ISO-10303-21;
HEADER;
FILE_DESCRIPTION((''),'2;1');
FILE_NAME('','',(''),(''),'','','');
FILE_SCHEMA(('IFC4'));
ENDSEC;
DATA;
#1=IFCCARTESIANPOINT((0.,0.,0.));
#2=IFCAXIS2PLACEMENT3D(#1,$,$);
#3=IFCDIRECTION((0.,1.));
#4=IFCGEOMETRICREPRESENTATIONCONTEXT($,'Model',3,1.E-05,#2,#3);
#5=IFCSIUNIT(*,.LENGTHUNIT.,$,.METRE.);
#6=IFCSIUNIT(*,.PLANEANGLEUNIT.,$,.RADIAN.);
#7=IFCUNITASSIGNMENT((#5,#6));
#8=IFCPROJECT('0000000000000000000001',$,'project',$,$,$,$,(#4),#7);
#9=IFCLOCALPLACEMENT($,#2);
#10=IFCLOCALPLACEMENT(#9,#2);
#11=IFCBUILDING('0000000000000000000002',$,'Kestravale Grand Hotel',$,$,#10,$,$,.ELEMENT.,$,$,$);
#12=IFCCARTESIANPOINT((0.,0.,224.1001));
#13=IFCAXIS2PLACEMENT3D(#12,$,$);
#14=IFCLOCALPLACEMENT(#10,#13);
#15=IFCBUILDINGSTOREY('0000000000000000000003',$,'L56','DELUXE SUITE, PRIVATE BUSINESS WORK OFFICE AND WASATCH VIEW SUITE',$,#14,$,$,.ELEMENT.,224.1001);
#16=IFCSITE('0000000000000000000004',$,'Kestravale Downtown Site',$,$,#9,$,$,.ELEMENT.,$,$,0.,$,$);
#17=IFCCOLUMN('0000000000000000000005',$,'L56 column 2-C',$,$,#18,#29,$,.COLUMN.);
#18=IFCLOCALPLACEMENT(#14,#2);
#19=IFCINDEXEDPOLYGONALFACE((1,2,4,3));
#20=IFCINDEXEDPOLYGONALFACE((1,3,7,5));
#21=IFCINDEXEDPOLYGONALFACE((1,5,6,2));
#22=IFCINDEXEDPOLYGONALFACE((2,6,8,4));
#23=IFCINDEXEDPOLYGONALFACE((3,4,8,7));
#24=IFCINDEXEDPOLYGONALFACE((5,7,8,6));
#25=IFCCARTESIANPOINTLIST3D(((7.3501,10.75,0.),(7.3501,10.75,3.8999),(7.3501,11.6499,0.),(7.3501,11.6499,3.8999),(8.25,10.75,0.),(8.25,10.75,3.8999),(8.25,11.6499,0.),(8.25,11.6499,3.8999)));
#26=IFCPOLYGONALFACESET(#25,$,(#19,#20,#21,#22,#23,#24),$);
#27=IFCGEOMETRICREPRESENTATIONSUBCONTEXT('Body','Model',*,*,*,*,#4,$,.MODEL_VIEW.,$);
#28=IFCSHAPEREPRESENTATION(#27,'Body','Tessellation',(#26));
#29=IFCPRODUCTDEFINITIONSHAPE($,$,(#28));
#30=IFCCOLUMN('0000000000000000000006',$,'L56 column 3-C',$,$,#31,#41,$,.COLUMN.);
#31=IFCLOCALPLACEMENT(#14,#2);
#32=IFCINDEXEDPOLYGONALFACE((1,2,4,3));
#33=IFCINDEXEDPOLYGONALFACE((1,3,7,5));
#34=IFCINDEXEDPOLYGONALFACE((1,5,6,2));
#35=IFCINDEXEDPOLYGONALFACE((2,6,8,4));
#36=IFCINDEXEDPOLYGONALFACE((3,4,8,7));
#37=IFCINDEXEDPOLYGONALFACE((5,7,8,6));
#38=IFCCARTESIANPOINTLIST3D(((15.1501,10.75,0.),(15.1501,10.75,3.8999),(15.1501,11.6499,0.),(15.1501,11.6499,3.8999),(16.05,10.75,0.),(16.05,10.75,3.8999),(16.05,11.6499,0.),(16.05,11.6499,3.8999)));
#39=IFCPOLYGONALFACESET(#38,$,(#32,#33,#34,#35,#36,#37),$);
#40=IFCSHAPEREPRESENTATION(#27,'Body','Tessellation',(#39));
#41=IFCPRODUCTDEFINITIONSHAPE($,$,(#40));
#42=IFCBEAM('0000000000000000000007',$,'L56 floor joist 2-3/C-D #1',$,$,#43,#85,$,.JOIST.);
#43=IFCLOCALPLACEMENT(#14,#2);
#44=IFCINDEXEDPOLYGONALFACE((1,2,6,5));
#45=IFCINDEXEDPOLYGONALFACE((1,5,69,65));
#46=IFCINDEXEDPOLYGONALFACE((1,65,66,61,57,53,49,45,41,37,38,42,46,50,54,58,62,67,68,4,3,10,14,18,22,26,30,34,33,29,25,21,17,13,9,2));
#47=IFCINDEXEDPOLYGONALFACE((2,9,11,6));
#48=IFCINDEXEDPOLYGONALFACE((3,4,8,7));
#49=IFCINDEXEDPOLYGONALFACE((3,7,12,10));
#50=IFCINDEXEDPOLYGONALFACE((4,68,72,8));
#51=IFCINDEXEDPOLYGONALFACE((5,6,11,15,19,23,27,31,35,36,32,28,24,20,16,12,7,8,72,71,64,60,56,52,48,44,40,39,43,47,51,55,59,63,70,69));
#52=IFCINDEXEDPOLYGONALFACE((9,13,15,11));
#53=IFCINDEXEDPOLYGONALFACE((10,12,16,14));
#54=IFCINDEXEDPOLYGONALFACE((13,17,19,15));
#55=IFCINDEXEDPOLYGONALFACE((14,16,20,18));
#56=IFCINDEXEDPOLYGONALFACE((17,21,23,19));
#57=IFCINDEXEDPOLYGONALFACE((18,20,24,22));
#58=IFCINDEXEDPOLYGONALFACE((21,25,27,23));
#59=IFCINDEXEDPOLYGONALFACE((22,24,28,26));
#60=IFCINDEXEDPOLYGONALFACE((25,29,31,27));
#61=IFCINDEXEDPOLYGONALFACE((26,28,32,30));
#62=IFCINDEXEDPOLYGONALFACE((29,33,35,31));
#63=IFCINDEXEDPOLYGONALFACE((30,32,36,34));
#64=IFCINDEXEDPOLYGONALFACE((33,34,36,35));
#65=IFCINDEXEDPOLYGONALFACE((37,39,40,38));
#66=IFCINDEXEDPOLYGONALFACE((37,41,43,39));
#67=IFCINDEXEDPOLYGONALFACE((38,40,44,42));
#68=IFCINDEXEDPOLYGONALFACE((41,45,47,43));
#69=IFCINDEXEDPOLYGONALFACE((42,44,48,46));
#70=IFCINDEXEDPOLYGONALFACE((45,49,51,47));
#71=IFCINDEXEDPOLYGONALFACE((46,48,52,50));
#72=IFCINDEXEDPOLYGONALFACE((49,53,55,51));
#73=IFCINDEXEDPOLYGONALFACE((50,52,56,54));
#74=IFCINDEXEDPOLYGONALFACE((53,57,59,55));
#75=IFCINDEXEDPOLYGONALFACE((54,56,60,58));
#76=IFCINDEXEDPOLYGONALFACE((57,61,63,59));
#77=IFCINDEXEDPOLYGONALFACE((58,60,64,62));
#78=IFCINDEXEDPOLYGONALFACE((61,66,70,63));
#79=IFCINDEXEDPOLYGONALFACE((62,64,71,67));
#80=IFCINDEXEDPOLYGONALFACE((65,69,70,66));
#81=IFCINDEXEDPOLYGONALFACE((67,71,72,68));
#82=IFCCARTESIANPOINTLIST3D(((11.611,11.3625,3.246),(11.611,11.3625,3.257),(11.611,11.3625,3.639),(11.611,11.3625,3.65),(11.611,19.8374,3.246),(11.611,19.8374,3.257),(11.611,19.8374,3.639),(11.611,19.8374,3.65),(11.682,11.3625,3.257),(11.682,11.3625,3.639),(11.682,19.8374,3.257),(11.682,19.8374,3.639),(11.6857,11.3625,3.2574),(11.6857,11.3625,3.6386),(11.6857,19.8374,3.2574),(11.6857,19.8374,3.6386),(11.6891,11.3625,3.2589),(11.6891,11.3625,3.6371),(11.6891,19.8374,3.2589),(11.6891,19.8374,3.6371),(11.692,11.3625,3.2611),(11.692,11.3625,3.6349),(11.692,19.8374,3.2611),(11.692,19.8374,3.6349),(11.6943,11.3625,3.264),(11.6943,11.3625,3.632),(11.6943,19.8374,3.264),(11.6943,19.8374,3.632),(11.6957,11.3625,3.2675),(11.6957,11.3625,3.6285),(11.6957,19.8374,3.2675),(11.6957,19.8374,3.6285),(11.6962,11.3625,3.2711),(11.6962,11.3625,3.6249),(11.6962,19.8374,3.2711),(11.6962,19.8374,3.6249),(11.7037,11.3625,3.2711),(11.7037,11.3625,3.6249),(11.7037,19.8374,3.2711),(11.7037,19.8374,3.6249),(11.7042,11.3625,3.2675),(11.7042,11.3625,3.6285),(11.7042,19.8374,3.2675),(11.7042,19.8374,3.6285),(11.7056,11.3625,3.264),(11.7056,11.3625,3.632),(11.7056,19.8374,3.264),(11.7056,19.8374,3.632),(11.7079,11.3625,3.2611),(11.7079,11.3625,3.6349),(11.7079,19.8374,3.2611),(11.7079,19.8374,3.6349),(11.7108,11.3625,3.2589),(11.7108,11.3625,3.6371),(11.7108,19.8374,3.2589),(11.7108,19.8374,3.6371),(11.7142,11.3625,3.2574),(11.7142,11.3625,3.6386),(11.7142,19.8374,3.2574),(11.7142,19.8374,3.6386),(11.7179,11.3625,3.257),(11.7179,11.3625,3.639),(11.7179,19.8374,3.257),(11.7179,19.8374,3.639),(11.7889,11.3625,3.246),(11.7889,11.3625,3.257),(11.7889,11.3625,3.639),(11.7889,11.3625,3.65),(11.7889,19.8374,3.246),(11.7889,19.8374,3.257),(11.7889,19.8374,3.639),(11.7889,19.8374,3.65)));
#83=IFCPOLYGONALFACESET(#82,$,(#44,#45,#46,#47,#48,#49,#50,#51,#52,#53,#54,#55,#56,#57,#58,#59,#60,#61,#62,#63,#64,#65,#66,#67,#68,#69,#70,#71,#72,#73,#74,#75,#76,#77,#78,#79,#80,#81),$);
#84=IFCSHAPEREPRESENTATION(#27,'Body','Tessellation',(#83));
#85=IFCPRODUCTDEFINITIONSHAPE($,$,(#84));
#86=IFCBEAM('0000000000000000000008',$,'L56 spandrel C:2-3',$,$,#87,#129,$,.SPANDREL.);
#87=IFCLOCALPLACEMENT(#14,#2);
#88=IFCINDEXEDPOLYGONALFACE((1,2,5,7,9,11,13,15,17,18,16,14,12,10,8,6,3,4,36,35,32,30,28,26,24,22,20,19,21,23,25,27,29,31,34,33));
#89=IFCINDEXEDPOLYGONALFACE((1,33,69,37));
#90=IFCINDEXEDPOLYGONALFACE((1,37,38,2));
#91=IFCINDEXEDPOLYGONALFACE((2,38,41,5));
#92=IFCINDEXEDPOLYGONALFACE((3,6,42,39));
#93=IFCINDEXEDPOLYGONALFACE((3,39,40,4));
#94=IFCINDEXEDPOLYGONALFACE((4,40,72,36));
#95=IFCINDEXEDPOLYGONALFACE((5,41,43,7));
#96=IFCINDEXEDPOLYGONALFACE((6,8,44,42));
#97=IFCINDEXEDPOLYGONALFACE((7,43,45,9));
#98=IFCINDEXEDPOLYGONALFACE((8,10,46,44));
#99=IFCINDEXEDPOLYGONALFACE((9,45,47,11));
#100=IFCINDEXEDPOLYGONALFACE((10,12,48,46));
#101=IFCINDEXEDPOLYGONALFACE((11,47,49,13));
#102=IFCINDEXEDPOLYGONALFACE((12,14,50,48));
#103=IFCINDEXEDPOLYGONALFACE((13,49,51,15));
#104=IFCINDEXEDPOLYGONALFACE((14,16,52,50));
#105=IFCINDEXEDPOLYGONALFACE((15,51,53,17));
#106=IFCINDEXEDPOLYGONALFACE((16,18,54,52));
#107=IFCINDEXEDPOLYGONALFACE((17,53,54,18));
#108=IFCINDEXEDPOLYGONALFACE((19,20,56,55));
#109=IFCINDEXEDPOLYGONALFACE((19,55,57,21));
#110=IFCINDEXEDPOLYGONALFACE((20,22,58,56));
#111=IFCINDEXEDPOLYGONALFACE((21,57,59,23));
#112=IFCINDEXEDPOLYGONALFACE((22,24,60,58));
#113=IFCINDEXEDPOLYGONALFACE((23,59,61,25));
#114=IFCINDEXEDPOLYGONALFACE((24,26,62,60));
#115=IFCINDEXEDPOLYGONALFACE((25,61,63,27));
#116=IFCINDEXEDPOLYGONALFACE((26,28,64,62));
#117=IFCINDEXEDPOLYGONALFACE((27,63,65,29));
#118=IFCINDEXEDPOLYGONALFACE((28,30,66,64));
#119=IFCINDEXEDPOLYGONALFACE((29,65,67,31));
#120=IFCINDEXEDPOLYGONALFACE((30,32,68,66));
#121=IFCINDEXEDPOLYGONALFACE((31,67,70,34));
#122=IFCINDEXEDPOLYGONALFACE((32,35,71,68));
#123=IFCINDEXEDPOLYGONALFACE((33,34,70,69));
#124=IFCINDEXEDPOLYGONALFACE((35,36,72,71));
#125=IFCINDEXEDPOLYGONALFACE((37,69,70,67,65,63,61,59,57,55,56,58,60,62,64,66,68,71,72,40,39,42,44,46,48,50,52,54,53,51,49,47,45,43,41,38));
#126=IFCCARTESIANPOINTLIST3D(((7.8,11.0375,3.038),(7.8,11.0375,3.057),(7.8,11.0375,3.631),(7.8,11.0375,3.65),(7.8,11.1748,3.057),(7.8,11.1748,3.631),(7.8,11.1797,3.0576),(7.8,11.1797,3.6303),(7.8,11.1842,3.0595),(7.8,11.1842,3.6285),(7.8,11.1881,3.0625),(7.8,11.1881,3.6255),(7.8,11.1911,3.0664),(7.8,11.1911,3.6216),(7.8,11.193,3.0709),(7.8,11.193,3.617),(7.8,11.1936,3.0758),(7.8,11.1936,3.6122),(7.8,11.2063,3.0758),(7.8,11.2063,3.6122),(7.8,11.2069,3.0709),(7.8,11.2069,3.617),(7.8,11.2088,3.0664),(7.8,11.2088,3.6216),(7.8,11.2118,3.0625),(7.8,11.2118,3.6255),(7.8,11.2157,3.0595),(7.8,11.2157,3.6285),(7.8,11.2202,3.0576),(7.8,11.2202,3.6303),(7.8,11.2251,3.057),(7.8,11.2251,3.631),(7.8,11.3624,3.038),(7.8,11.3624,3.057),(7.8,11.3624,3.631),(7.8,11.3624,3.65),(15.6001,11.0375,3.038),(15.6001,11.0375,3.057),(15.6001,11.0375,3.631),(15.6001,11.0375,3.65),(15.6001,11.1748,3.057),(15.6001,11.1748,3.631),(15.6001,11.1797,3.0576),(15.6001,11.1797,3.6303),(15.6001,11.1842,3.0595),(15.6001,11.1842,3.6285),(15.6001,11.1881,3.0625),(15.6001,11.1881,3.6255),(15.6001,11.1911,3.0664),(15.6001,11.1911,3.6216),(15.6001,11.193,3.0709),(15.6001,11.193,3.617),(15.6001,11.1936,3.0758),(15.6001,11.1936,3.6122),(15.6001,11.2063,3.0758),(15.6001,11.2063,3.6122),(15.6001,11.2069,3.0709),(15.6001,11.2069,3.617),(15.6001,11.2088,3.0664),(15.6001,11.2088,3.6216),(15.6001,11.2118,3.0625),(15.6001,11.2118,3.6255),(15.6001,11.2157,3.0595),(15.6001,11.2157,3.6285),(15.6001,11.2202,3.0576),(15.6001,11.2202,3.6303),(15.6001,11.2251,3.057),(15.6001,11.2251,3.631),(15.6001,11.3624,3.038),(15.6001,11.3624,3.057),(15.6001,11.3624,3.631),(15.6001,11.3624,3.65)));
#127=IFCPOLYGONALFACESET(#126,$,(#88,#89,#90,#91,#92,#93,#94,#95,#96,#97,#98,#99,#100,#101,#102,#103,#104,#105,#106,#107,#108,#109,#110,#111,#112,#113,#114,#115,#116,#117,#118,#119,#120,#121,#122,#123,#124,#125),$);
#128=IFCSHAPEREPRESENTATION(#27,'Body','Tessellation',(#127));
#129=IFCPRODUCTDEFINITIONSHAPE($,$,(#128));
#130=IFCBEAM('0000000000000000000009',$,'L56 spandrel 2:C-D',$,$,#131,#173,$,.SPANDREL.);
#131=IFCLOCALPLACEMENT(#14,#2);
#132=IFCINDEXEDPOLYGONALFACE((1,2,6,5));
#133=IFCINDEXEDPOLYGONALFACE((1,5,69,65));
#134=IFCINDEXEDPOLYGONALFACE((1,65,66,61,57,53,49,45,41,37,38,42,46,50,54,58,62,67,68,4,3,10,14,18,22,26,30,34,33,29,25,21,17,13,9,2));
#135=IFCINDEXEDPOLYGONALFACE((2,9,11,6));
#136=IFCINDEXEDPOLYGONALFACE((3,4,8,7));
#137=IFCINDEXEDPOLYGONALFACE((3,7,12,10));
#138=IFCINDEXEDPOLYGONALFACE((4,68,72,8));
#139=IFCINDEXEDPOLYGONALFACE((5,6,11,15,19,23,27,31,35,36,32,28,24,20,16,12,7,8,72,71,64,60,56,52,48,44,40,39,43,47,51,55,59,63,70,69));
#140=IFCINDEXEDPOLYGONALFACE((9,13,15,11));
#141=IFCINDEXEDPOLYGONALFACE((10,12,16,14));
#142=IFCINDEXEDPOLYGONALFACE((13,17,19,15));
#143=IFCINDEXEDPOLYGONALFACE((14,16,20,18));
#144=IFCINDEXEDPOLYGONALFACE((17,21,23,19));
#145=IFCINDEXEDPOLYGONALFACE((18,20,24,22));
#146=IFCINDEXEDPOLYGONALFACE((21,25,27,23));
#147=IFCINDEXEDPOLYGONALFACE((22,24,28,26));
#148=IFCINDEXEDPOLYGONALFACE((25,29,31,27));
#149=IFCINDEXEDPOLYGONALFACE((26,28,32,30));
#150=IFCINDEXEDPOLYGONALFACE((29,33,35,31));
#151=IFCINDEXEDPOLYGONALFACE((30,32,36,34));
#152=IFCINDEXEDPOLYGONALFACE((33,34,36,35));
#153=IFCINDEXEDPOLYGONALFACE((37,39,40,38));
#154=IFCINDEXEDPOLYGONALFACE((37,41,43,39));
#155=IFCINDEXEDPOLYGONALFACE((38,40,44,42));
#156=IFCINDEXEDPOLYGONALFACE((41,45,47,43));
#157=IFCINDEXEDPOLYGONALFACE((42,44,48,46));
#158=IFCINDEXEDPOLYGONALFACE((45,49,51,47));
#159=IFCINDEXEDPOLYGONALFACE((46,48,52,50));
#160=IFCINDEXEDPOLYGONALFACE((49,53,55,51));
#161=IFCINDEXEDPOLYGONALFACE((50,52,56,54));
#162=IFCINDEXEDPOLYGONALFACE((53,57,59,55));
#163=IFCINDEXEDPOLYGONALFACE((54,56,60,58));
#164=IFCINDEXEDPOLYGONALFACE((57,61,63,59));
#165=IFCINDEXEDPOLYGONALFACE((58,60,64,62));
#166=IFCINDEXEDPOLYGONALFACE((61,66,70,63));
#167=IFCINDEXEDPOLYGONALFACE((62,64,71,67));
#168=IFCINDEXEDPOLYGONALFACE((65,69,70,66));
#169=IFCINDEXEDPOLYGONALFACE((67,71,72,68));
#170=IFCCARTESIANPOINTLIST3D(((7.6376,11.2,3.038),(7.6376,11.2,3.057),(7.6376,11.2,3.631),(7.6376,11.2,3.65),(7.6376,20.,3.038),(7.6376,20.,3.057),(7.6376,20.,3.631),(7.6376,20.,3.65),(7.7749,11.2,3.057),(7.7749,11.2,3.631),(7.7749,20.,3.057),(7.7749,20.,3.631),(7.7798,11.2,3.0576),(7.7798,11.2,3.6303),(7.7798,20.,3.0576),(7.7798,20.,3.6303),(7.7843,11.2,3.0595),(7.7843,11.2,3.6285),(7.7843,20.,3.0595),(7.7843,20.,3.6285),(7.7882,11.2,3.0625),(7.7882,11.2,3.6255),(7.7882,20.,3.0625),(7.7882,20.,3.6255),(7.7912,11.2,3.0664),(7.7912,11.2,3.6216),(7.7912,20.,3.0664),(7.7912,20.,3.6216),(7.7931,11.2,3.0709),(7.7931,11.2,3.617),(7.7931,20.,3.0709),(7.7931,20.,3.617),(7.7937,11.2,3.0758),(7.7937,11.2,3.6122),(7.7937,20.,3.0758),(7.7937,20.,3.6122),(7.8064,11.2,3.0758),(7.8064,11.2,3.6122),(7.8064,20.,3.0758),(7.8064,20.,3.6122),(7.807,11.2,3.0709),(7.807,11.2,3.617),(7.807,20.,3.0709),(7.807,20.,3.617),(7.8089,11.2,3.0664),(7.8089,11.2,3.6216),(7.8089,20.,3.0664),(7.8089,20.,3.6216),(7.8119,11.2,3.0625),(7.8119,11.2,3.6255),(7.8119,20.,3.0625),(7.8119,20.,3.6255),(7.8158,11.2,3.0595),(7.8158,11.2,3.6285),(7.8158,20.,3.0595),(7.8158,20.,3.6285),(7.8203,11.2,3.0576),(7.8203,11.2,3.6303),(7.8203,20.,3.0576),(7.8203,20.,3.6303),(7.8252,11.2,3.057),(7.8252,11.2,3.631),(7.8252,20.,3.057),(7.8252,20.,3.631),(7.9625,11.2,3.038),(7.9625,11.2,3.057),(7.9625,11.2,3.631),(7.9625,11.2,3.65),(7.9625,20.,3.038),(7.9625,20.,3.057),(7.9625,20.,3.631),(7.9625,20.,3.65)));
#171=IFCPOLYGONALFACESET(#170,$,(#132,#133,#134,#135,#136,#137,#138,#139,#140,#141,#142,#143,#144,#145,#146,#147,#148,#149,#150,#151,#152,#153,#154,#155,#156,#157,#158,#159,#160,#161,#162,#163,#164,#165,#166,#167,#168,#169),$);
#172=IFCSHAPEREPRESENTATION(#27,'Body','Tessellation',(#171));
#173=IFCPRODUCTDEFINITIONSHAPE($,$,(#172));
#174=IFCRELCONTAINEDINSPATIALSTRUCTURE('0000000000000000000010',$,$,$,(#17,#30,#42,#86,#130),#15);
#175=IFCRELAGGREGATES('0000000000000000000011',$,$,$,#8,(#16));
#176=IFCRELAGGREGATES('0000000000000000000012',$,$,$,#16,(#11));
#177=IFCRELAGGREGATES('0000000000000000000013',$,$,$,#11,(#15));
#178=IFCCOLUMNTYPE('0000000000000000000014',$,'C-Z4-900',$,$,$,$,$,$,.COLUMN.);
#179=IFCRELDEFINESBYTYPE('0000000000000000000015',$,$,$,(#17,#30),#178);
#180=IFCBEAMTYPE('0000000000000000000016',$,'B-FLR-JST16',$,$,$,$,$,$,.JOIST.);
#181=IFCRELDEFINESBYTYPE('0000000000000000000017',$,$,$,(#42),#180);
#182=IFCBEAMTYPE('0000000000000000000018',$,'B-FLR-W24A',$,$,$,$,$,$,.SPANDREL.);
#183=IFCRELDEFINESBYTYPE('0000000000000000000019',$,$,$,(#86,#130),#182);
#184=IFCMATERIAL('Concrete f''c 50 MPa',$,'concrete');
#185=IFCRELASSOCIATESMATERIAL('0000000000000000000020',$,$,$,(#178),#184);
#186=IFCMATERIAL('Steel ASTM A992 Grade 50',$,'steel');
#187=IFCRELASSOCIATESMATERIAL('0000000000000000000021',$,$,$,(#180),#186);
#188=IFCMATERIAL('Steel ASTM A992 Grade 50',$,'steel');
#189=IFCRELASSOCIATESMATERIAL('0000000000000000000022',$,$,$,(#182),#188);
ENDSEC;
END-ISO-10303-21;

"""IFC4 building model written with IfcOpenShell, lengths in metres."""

from ifc_helpers import new_model, si_unit, direction, frame, origin, origin_2d, place, context, subcontext, project, spatial, rectangle, i_section, extrude, material, material_profile, profile_set, type_object, element, save


model = new_model("IFC4")

# Units and contexts
model_context = context("Model", 3, precision=1e-05, world=origin(), true_north=direction((0.0, 1.0)))
body_context = subcontext(model_context, "Body", "Model", "MODEL_VIEW")
ifc_project = project(units=[si_unit("LENGTHUNIT", "METRE"), si_unit("PLANEANGLEUNIT", "RADIAN")], contexts=[model_context])

# Site, building, storey
site_placement = place(None, origin())
site = spatial("IfcSite", under=ifc_project, at=site_placement, Name="Kestravale Downtown Site", CompositionType="ELEMENT", RefElevation=0.0)
building_placement = place(site_placement, origin())
building = spatial("IfcBuilding", under=site, at=building_placement, Name="Kestravale Grand Hotel", CompositionType="ELEMENT")
storey_placement = place(building_placement, frame((0.0, 0.0, 224.1001)))
storey = spatial("IfcBuildingStorey", under=building, at=storey_placement, Name="L56", Description="DELUXE SUITE, PRIVATE BUSINESS WORK OFFICE AND WASATCH VIEW SUITE", CompositionType="ELEMENT", Elevation=224.1001)

# Columns
ifc_material_1 = material(Name="Concrete f'c 50 MPa", Category="concrete")
ifc_material_profile_1 = material_profile(ifc_material_1, rectangle(XDim=0.8999, YDim=0.8999, at=origin_2d()))
ifc_profile_set_1 = profile_set([ifc_material_profile_1], Name="Concrete f'c 50 MPa")
column_type = type_object("IfcColumnType", Name="C-Z4-900", PredefinedType="COLUMN", material=ifc_profile_set_1)
for number, where, z_axis, x_axis, name in (
    (1, (7.8, 11.2, 0.0), (0.0, 0.0, 1.0), (1.0, 0.0, 0.0), "L56 column 2-C"),
    (2, (15.6001, 11.2, 0.0), (0.0, 0.0, 1.0), (1.0, 0.0, 0.0), "L56 column 3-C"),
):
    element("IfcColumn", number, at=place(storey_placement, frame(where, z_axis=z_axis, x_axis=x_axis)), inside=storey, type_object=column_type, Name=name, PredefinedType="COLUMN", context=body_context, shape_type="SweptSolid", body=[
        extrude(rectangle(XDim=0.8999, YDim=0.8999, at=origin_2d()), origin(), (0.0, 0.0, 1.0), 3.8999),
    ])

# Beams
ifc_material_2 = material(Name="Steel ASTM A992 Grade 50", Category="steel")
ifc_material_profile_2 = material_profile(ifc_material_2, i_section(OverallWidth=0.178, OverallDepth=0.4041, WebThickness=0.0076, FlangeThickness=0.011, FilletRadius=0.0142, at=origin_2d()))
ifc_profile_set_2 = profile_set([ifc_material_profile_2], Name="Steel ASTM A992 Grade 50")
beam_type_1 = type_object("IfcBeamType", Name="B-FLR-JST16", PredefinedType="JOIST", material=ifc_profile_set_2)
beam_1_placement = place(storey_placement, frame((11.7, 11.3625, 3.448), z_axis=(0.0, 1.0, 0.0), x_axis=(-1.0, 0.0, 0.0)))
element("IfcBeam", 3, at=beam_1_placement, inside=storey, type_object=beam_type_1, Name="L56 floor joist 2-3/C-D #1", PredefinedType="JOIST", context=body_context, shape_type="SweptSolid", body=[
    extrude(i_section(OverallWidth=0.178, OverallDepth=0.4041, WebThickness=0.0076, FlangeThickness=0.011, FilletRadius=0.0142, at=origin_2d()), origin(), (0.0, 0.0, 1.0), 8.4749),
])
ifc_material_3 = material(Name="Steel ASTM A992 Grade 50", Category="steel")
ifc_material_profile_3 = material_profile(ifc_material_3, i_section(OverallWidth=0.325, OverallDepth=0.6121, WebThickness=0.0127, FlangeThickness=0.019, FilletRadius=0.0188, at=origin_2d()))
ifc_profile_set_3 = profile_set([ifc_material_profile_3], Name="Steel ASTM A992 Grade 50")
beam_type_2 = type_object("IfcBeamType", Name="B-FLR-W24A", PredefinedType="SPANDREL", material=ifc_profile_set_3)
beam_2_placement = place(storey_placement, frame((7.8, 11.2, 3.344), z_axis=(1.0, 0.0, 0.0), x_axis=(0.0, 1.0, 0.0)))
element("IfcBeam", 4, at=beam_2_placement, inside=storey, type_object=beam_type_2, Name="L56 spandrel C:2-3", PredefinedType="SPANDREL", context=body_context, shape_type="SweptSolid", body=[
    extrude(i_section(OverallWidth=0.325, OverallDepth=0.6121, WebThickness=0.0127, FlangeThickness=0.019, FilletRadius=0.0188, at=origin_2d()), origin(), (0.0, 0.0, 1.0), 7.8),
])
beam_3_placement = place(storey_placement, frame((7.8, 11.2, 3.344), z_axis=(0.0, 1.0, 0.0), x_axis=(-1.0, 0.0, 0.0)))
element("IfcBeam", 5, at=beam_3_placement, inside=storey, type_object=beam_type_2, Name="L56 spandrel 2:C-D", PredefinedType="SPANDREL", context=body_context, shape_type="SweptSolid", body=[
    extrude(i_section(OverallWidth=0.325, OverallDepth=0.6121, WebThickness=0.0127, FlangeThickness=0.019, FilletRadius=0.0188, at=origin_2d()), origin(), (0.0, 0.0, 1.0), 8.8),
])

save(model, "model.ifc")
